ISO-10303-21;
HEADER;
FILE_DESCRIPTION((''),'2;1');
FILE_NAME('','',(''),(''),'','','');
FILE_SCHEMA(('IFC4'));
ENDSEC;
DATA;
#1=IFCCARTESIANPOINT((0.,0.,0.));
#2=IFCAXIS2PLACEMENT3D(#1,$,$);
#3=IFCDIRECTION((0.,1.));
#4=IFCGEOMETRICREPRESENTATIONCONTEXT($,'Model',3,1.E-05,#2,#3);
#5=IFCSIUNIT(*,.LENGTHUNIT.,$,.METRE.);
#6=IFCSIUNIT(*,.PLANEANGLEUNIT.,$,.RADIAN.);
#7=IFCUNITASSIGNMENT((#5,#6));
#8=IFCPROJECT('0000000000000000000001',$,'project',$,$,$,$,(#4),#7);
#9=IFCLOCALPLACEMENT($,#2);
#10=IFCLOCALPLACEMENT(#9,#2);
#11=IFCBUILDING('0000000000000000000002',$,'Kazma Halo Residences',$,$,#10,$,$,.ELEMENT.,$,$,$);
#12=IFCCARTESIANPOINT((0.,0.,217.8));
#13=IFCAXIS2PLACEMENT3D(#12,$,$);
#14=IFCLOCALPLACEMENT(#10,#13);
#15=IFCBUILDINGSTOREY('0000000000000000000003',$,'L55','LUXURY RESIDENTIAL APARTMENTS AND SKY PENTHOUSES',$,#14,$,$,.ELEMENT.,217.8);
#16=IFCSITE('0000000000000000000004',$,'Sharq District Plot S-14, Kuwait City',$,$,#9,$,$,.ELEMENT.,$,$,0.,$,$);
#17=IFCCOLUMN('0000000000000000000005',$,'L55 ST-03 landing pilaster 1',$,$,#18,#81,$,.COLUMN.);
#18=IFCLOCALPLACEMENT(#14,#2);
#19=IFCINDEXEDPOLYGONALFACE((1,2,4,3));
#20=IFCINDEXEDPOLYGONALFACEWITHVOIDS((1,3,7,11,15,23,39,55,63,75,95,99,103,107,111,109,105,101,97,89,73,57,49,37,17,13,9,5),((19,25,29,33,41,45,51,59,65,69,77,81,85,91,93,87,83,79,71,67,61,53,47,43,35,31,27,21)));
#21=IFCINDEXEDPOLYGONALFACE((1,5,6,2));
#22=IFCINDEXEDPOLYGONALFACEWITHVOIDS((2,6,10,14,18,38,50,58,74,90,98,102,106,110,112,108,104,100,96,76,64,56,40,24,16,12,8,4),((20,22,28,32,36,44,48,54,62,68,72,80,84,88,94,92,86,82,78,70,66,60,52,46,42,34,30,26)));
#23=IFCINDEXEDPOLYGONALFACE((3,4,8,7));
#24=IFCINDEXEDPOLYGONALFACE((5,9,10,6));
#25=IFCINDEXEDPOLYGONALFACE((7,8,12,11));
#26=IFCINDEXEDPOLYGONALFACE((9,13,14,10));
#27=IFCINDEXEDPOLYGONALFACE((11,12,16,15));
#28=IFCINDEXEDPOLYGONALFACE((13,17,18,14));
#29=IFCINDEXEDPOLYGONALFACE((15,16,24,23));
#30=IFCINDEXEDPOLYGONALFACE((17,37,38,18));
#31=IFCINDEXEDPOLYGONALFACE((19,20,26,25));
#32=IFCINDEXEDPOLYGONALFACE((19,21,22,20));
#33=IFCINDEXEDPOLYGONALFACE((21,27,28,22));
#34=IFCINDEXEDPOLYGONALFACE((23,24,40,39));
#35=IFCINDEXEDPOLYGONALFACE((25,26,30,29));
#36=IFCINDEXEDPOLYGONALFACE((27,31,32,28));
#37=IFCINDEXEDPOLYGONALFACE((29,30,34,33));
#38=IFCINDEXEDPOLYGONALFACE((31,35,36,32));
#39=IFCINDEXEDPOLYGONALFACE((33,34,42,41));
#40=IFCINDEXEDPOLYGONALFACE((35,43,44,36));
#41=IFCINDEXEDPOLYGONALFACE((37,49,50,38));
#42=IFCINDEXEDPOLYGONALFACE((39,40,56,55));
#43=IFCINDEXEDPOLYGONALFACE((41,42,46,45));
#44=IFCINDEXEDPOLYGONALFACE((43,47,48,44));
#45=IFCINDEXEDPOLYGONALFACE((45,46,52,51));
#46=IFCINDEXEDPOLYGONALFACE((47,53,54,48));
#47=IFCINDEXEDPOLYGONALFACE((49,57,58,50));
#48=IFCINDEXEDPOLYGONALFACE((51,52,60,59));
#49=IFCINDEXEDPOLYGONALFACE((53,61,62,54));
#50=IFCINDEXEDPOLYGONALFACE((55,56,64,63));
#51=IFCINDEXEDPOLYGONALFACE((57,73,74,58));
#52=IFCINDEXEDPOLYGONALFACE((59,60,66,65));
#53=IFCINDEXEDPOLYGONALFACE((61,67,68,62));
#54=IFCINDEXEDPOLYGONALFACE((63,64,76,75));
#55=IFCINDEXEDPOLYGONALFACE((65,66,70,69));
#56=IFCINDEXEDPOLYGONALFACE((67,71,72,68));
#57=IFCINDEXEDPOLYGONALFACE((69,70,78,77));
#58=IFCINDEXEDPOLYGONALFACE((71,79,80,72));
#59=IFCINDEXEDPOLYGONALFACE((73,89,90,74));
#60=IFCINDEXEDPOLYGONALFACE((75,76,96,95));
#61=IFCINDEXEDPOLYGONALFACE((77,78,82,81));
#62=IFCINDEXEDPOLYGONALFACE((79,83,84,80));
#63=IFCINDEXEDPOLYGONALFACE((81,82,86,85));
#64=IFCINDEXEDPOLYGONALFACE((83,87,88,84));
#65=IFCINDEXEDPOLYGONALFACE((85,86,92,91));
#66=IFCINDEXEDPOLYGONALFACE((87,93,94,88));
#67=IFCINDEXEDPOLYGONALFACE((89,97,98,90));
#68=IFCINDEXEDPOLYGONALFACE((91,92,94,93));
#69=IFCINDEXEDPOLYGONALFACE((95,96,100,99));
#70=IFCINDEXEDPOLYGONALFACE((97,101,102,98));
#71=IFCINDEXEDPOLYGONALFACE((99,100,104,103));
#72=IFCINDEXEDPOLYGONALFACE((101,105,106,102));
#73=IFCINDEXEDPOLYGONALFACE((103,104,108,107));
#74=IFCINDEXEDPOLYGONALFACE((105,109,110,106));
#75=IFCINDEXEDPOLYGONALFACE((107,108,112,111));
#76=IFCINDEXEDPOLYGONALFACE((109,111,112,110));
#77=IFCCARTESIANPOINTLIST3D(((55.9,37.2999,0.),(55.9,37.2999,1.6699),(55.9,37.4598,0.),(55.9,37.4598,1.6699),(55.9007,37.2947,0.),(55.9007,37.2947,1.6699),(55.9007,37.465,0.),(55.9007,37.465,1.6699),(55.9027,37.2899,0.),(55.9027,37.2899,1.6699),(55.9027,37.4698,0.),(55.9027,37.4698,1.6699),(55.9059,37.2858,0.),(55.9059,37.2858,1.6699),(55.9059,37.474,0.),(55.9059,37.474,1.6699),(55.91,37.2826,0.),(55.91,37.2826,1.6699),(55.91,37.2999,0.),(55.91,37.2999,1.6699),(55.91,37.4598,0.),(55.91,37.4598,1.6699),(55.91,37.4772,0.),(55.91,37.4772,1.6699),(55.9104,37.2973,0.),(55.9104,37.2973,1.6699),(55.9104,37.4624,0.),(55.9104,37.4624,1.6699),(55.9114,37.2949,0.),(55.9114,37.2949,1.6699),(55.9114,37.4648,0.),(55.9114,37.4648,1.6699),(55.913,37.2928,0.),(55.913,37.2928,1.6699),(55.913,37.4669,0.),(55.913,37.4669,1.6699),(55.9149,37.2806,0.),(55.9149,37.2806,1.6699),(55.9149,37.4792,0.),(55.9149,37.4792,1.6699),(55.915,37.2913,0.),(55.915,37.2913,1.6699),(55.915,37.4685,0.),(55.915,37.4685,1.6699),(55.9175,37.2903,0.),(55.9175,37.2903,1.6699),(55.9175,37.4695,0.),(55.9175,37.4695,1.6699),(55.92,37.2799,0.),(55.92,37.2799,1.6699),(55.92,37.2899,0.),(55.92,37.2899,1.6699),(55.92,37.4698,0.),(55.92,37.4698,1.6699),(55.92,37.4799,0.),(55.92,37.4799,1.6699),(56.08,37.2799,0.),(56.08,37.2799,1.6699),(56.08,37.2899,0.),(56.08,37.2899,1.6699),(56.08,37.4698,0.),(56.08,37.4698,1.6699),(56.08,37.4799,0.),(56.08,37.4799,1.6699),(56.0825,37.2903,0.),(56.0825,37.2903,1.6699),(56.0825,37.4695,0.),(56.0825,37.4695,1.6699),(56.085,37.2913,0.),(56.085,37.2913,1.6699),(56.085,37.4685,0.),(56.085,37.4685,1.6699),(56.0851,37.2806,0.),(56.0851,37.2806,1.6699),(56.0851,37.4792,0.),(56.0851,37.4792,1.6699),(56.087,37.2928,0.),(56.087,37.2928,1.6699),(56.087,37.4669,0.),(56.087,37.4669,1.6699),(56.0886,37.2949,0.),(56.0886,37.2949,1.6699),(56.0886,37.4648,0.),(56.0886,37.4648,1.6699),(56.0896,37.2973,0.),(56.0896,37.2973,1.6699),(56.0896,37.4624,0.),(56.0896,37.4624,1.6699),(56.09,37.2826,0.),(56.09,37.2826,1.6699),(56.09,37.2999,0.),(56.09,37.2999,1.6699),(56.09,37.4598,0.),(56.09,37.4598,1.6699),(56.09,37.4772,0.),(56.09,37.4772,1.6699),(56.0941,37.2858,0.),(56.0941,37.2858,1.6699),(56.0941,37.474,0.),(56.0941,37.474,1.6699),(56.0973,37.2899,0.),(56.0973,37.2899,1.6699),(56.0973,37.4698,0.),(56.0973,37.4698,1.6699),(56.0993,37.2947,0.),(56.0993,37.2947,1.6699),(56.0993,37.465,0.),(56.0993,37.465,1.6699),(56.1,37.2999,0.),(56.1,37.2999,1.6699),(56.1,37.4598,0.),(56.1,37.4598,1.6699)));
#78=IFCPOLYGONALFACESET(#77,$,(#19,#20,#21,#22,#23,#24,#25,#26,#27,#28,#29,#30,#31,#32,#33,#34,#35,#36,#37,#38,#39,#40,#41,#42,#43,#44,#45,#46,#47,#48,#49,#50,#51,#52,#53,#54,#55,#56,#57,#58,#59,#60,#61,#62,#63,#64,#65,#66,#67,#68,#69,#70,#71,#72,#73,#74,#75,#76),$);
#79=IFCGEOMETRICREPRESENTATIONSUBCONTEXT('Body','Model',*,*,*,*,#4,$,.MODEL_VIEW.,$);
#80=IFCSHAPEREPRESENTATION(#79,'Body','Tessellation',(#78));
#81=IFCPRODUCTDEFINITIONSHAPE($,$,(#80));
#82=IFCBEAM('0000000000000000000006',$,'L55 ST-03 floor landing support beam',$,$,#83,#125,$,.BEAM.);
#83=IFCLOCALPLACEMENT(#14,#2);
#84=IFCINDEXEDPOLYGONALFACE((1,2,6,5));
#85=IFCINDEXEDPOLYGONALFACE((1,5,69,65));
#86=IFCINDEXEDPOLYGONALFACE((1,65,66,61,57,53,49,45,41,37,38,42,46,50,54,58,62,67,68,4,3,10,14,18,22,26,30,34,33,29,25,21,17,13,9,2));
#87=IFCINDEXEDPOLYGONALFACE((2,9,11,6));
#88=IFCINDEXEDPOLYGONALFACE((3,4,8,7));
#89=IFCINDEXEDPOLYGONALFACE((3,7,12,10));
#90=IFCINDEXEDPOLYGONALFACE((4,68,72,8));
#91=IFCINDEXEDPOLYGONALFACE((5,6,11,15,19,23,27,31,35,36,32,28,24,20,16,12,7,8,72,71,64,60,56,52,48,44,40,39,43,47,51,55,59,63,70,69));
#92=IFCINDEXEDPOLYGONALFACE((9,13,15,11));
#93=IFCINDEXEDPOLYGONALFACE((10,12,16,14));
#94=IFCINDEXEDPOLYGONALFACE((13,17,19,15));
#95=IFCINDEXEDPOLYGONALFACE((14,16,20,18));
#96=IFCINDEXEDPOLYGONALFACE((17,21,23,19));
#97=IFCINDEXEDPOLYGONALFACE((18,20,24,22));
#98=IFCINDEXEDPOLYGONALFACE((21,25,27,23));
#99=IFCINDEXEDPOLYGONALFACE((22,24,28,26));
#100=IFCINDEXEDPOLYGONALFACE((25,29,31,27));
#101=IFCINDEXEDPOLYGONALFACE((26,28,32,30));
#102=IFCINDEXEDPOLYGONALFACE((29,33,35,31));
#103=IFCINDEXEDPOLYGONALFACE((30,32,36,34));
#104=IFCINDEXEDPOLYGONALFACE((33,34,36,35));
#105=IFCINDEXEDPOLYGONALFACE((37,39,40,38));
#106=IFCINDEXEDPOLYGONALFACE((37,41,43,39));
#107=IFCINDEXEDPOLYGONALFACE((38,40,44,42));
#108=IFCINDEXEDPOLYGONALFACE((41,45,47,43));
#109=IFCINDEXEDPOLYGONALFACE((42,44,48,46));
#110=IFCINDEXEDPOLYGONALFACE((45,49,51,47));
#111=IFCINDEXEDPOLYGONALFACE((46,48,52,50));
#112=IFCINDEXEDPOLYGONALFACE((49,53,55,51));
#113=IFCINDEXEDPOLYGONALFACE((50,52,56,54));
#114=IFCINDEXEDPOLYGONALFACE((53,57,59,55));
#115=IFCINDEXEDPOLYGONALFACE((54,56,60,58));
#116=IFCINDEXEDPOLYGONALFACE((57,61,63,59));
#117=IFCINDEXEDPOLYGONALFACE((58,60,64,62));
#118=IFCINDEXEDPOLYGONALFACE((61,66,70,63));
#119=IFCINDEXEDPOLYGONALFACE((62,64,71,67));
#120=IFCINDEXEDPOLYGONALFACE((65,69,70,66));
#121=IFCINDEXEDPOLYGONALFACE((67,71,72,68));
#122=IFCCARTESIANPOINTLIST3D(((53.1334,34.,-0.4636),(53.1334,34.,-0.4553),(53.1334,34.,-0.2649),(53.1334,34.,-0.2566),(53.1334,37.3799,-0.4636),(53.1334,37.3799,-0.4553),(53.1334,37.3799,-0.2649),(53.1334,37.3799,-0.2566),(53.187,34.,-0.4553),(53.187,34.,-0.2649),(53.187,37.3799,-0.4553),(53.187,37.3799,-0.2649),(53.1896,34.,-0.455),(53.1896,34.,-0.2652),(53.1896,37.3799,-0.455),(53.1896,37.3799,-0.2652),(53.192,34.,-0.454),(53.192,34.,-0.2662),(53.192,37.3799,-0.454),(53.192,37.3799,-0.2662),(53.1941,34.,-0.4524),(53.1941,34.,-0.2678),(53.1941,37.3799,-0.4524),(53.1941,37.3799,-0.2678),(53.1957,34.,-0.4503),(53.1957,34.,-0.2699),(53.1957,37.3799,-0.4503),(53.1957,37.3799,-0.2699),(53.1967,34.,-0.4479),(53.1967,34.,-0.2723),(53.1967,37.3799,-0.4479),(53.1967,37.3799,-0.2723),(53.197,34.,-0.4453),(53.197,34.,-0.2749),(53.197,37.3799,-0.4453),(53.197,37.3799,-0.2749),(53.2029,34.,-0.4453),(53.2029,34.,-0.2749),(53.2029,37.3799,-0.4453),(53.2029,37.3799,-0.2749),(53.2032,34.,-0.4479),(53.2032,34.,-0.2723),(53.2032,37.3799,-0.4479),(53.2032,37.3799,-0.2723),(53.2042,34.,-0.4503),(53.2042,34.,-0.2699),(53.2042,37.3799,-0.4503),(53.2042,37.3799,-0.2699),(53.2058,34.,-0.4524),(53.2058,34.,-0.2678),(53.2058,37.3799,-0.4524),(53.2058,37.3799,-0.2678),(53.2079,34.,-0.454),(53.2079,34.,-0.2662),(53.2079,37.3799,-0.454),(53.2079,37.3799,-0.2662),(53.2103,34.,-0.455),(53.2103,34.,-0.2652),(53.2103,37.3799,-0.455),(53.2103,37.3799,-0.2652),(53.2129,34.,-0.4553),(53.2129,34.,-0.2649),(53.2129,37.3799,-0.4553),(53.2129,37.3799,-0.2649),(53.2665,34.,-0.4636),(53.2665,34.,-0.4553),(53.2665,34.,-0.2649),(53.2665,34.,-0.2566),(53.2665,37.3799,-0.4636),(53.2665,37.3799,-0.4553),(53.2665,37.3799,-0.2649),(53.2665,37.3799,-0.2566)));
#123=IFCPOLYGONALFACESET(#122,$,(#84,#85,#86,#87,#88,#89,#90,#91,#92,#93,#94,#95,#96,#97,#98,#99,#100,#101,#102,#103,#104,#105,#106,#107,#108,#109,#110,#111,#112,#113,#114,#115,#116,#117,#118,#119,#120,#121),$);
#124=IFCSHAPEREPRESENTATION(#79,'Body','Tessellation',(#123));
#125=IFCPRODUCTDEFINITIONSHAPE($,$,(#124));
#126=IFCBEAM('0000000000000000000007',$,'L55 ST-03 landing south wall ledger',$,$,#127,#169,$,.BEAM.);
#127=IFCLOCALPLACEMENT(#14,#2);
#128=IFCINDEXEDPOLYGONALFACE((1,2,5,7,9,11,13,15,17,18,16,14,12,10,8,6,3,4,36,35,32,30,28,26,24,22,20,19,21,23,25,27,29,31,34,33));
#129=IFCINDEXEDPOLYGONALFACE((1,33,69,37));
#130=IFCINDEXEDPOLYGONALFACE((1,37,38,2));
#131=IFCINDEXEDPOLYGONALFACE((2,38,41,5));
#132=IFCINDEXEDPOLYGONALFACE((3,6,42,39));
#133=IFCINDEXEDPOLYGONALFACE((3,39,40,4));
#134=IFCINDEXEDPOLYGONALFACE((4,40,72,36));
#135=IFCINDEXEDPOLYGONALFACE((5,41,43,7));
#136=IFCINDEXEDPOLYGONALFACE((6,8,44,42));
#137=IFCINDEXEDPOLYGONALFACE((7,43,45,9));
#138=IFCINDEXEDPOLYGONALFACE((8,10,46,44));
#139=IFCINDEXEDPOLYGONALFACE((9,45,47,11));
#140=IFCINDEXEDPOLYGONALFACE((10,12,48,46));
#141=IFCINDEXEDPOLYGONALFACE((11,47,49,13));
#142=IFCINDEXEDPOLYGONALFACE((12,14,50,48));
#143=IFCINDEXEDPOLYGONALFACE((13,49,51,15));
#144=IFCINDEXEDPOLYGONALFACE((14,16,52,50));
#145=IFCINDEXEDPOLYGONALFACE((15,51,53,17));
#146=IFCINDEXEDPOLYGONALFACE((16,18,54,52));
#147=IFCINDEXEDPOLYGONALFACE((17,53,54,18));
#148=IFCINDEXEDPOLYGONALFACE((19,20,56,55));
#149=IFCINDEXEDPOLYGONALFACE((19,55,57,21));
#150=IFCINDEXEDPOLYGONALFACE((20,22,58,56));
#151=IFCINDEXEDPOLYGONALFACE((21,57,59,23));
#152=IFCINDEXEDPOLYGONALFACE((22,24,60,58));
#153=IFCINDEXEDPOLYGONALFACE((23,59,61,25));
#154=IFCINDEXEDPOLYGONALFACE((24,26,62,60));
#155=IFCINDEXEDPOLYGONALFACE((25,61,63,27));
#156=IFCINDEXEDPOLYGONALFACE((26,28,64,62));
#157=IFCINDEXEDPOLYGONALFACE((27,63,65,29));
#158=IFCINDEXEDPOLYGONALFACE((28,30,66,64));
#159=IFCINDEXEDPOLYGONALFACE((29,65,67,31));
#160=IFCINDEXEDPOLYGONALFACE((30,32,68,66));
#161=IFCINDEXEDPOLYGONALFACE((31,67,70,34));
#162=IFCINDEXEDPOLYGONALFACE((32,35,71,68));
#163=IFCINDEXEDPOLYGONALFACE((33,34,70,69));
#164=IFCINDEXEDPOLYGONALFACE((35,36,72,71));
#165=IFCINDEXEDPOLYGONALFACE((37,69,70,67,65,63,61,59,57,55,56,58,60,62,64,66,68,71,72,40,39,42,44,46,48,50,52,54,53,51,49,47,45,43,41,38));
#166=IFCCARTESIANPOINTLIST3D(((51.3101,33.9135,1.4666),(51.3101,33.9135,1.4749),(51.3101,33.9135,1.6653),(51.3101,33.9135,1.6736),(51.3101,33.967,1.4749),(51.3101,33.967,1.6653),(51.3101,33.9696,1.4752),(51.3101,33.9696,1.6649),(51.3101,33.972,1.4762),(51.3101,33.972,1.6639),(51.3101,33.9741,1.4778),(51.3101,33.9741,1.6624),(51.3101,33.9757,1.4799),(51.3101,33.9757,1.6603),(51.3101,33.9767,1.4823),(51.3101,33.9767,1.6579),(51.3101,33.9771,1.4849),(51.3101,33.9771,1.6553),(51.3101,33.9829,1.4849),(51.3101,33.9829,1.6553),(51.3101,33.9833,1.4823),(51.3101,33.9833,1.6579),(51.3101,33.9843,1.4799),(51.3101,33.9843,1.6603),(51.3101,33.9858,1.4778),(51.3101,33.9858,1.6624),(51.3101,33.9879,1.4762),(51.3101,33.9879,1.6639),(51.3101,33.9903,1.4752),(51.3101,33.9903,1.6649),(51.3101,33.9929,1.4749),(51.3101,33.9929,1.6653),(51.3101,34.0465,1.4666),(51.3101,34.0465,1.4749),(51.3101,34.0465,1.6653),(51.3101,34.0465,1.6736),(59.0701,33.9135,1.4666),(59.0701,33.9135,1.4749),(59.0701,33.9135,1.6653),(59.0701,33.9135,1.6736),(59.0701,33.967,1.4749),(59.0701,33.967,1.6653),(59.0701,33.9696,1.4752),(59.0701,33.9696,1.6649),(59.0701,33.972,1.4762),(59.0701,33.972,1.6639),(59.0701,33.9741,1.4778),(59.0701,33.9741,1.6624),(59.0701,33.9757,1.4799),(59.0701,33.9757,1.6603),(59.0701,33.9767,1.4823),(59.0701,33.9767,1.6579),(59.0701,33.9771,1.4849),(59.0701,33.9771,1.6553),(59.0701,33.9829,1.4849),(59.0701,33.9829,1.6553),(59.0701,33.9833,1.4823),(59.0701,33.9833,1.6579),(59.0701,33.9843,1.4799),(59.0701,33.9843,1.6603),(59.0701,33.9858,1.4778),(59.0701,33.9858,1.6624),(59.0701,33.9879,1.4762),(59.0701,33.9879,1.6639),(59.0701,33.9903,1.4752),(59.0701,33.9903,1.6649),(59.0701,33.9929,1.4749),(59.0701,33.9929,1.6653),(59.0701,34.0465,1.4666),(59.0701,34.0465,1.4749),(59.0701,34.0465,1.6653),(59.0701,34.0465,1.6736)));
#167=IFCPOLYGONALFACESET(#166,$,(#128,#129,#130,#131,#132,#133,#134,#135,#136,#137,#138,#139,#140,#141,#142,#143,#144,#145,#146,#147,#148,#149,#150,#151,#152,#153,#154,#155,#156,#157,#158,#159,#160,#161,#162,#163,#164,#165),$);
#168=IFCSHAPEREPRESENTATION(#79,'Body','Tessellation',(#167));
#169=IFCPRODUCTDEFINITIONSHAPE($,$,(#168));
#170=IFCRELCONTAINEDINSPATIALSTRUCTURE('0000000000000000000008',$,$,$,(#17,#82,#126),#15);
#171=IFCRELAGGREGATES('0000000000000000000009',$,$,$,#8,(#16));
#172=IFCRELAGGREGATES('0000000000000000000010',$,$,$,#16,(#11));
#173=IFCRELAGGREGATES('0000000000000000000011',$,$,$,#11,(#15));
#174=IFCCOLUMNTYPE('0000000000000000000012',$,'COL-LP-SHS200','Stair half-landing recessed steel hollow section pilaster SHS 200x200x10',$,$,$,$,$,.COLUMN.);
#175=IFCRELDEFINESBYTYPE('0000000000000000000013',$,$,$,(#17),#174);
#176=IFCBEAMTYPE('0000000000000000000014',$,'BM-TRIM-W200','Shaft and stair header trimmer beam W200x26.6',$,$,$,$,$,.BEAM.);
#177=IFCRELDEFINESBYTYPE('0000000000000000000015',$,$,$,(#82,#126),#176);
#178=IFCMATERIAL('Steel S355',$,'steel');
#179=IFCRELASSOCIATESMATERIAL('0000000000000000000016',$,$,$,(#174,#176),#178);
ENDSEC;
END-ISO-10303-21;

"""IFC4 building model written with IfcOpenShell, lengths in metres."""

from ifc_helpers import new_model, si_unit, direction, frame, origin, origin_2d, place, context, subcontext, project, spatial, hollow_rectangle, i_section, extrude, material, material_profile, profile_set, type_object, element, save


model = new_model("IFC4")

# Units and contexts
model_context = context("Model", 3, precision=1e-05, world=origin(), true_north=direction((0.0, 1.0)))
body_context = subcontext(model_context, "Body", "Model", "MODEL_VIEW")
ifc_project = project(units=[si_unit("LENGTHUNIT", "METRE"), si_unit("PLANEANGLEUNIT", "RADIAN")], contexts=[model_context])

# Site, building, storey
site_placement = place(None, origin())
site = spatial("IfcSite", under=ifc_project, at=site_placement, Name="Sharq District Plot S-14, Kuwait City", CompositionType="ELEMENT", RefElevation=0.0)
building_placement = place(site_placement, origin())
building = spatial("IfcBuilding", under=site, at=building_placement, Name="Kazma Halo Residences", CompositionType="ELEMENT")
storey_placement = place(building_placement, frame((0.0, 0.0, 217.8)))
storey = spatial("IfcBuildingStorey", under=building, at=storey_placement, Name="L55", Description="LUXURY RESIDENTIAL APARTMENTS AND SKY PENTHOUSES", CompositionType="ELEMENT", Elevation=217.8)

# Column
ifc_material_1 = material(Name="Steel S355", Category="steel")
ifc_material_profile_1 = material_profile(ifc_material_1, hollow_rectangle(XDim=0.2, YDim=0.2, WallThickness=0.01, InnerFilletRadius=0.01, OuterFilletRadius=0.02, at=origin_2d()), Name="SHS200x200x10")
ifc_profile_set_1 = profile_set([ifc_material_profile_1], Name="Steel S355")
column_type = type_object("IfcColumnType", Name="COL-LP-SHS200", Description="Stair half-landing recessed steel hollow section pilaster SHS 200x200x10", PredefinedType="COLUMN", material=ifc_profile_set_1)
column_placement = place(storey_placement, frame((56.0, 37.3799, 0.0), z_axis=(0.0, 0.0, 1.0), x_axis=(1.0, 0.0, 0.0)))
element("IfcColumn", 1, at=column_placement, inside=storey, type_object=column_type, Name="L55 ST-03 landing pilaster 1", PredefinedType="COLUMN", context=body_context, shape_type="SweptSolid", body=[
    extrude(hollow_rectangle(XDim=0.2, YDim=0.2, WallThickness=0.01, InnerFilletRadius=0.01, OuterFilletRadius=0.02, at=origin_2d()), origin(), (0.0, 0.0, 1.0), 1.6699),
])

# Beams
ifc_material_profile_2 = material_profile(ifc_material_1, i_section(OverallWidth=0.1331, OverallDepth=0.207, WebThickness=0.0059, FlangeThickness=0.0083, FilletRadius=0.01, at=origin_2d()), Name="W200x26.6")
ifc_profile_set_2 = profile_set([ifc_material_profile_2], Name="Steel S355")
beam_type = type_object("IfcBeamType", Name="BM-TRIM-W200", Description="Shaft and stair header trimmer beam W200x26.6", PredefinedType="BEAM", material=ifc_profile_set_2)
beam_1_placement = place(storey_placement, frame((53.2, 34.0, -0.3601), z_axis=(0.0, 1.0, 0.0), x_axis=(-1.0, 0.0, 0.0)))
element("IfcBeam", 2, at=beam_1_placement, inside=storey, type_object=beam_type, Name="L55 ST-03 floor landing support beam", PredefinedType="BEAM", context=body_context, shape_type="SweptSolid", body=[
    extrude(i_section(OverallWidth=0.1331, OverallDepth=0.207, WebThickness=0.0059, FlangeThickness=0.0083, FilletRadius=0.01, at=origin_2d()), origin(), (0.0, 0.0, 1.0), 3.3799),
])
beam_2_placement = place(storey_placement, frame((51.3101, 33.98, 1.5701), z_axis=(1.0, 0.0, 0.0), x_axis=(0.0, 1.0, 0.0)))
element("IfcBeam", 3, at=beam_2_placement, inside=storey, type_object=beam_type, Name="L55 ST-03 landing south wall ledger", PredefinedType="BEAM", context=body_context, shape_type="SweptSolid", body=[
    extrude(i_section(OverallWidth=0.1331, OverallDepth=0.207, WebThickness=0.0059, FlangeThickness=0.0083, FilletRadius=0.01, at=origin_2d()), origin(), (0.0, 0.0, 1.0), 7.76),
])

save(model, "model.ifc")
